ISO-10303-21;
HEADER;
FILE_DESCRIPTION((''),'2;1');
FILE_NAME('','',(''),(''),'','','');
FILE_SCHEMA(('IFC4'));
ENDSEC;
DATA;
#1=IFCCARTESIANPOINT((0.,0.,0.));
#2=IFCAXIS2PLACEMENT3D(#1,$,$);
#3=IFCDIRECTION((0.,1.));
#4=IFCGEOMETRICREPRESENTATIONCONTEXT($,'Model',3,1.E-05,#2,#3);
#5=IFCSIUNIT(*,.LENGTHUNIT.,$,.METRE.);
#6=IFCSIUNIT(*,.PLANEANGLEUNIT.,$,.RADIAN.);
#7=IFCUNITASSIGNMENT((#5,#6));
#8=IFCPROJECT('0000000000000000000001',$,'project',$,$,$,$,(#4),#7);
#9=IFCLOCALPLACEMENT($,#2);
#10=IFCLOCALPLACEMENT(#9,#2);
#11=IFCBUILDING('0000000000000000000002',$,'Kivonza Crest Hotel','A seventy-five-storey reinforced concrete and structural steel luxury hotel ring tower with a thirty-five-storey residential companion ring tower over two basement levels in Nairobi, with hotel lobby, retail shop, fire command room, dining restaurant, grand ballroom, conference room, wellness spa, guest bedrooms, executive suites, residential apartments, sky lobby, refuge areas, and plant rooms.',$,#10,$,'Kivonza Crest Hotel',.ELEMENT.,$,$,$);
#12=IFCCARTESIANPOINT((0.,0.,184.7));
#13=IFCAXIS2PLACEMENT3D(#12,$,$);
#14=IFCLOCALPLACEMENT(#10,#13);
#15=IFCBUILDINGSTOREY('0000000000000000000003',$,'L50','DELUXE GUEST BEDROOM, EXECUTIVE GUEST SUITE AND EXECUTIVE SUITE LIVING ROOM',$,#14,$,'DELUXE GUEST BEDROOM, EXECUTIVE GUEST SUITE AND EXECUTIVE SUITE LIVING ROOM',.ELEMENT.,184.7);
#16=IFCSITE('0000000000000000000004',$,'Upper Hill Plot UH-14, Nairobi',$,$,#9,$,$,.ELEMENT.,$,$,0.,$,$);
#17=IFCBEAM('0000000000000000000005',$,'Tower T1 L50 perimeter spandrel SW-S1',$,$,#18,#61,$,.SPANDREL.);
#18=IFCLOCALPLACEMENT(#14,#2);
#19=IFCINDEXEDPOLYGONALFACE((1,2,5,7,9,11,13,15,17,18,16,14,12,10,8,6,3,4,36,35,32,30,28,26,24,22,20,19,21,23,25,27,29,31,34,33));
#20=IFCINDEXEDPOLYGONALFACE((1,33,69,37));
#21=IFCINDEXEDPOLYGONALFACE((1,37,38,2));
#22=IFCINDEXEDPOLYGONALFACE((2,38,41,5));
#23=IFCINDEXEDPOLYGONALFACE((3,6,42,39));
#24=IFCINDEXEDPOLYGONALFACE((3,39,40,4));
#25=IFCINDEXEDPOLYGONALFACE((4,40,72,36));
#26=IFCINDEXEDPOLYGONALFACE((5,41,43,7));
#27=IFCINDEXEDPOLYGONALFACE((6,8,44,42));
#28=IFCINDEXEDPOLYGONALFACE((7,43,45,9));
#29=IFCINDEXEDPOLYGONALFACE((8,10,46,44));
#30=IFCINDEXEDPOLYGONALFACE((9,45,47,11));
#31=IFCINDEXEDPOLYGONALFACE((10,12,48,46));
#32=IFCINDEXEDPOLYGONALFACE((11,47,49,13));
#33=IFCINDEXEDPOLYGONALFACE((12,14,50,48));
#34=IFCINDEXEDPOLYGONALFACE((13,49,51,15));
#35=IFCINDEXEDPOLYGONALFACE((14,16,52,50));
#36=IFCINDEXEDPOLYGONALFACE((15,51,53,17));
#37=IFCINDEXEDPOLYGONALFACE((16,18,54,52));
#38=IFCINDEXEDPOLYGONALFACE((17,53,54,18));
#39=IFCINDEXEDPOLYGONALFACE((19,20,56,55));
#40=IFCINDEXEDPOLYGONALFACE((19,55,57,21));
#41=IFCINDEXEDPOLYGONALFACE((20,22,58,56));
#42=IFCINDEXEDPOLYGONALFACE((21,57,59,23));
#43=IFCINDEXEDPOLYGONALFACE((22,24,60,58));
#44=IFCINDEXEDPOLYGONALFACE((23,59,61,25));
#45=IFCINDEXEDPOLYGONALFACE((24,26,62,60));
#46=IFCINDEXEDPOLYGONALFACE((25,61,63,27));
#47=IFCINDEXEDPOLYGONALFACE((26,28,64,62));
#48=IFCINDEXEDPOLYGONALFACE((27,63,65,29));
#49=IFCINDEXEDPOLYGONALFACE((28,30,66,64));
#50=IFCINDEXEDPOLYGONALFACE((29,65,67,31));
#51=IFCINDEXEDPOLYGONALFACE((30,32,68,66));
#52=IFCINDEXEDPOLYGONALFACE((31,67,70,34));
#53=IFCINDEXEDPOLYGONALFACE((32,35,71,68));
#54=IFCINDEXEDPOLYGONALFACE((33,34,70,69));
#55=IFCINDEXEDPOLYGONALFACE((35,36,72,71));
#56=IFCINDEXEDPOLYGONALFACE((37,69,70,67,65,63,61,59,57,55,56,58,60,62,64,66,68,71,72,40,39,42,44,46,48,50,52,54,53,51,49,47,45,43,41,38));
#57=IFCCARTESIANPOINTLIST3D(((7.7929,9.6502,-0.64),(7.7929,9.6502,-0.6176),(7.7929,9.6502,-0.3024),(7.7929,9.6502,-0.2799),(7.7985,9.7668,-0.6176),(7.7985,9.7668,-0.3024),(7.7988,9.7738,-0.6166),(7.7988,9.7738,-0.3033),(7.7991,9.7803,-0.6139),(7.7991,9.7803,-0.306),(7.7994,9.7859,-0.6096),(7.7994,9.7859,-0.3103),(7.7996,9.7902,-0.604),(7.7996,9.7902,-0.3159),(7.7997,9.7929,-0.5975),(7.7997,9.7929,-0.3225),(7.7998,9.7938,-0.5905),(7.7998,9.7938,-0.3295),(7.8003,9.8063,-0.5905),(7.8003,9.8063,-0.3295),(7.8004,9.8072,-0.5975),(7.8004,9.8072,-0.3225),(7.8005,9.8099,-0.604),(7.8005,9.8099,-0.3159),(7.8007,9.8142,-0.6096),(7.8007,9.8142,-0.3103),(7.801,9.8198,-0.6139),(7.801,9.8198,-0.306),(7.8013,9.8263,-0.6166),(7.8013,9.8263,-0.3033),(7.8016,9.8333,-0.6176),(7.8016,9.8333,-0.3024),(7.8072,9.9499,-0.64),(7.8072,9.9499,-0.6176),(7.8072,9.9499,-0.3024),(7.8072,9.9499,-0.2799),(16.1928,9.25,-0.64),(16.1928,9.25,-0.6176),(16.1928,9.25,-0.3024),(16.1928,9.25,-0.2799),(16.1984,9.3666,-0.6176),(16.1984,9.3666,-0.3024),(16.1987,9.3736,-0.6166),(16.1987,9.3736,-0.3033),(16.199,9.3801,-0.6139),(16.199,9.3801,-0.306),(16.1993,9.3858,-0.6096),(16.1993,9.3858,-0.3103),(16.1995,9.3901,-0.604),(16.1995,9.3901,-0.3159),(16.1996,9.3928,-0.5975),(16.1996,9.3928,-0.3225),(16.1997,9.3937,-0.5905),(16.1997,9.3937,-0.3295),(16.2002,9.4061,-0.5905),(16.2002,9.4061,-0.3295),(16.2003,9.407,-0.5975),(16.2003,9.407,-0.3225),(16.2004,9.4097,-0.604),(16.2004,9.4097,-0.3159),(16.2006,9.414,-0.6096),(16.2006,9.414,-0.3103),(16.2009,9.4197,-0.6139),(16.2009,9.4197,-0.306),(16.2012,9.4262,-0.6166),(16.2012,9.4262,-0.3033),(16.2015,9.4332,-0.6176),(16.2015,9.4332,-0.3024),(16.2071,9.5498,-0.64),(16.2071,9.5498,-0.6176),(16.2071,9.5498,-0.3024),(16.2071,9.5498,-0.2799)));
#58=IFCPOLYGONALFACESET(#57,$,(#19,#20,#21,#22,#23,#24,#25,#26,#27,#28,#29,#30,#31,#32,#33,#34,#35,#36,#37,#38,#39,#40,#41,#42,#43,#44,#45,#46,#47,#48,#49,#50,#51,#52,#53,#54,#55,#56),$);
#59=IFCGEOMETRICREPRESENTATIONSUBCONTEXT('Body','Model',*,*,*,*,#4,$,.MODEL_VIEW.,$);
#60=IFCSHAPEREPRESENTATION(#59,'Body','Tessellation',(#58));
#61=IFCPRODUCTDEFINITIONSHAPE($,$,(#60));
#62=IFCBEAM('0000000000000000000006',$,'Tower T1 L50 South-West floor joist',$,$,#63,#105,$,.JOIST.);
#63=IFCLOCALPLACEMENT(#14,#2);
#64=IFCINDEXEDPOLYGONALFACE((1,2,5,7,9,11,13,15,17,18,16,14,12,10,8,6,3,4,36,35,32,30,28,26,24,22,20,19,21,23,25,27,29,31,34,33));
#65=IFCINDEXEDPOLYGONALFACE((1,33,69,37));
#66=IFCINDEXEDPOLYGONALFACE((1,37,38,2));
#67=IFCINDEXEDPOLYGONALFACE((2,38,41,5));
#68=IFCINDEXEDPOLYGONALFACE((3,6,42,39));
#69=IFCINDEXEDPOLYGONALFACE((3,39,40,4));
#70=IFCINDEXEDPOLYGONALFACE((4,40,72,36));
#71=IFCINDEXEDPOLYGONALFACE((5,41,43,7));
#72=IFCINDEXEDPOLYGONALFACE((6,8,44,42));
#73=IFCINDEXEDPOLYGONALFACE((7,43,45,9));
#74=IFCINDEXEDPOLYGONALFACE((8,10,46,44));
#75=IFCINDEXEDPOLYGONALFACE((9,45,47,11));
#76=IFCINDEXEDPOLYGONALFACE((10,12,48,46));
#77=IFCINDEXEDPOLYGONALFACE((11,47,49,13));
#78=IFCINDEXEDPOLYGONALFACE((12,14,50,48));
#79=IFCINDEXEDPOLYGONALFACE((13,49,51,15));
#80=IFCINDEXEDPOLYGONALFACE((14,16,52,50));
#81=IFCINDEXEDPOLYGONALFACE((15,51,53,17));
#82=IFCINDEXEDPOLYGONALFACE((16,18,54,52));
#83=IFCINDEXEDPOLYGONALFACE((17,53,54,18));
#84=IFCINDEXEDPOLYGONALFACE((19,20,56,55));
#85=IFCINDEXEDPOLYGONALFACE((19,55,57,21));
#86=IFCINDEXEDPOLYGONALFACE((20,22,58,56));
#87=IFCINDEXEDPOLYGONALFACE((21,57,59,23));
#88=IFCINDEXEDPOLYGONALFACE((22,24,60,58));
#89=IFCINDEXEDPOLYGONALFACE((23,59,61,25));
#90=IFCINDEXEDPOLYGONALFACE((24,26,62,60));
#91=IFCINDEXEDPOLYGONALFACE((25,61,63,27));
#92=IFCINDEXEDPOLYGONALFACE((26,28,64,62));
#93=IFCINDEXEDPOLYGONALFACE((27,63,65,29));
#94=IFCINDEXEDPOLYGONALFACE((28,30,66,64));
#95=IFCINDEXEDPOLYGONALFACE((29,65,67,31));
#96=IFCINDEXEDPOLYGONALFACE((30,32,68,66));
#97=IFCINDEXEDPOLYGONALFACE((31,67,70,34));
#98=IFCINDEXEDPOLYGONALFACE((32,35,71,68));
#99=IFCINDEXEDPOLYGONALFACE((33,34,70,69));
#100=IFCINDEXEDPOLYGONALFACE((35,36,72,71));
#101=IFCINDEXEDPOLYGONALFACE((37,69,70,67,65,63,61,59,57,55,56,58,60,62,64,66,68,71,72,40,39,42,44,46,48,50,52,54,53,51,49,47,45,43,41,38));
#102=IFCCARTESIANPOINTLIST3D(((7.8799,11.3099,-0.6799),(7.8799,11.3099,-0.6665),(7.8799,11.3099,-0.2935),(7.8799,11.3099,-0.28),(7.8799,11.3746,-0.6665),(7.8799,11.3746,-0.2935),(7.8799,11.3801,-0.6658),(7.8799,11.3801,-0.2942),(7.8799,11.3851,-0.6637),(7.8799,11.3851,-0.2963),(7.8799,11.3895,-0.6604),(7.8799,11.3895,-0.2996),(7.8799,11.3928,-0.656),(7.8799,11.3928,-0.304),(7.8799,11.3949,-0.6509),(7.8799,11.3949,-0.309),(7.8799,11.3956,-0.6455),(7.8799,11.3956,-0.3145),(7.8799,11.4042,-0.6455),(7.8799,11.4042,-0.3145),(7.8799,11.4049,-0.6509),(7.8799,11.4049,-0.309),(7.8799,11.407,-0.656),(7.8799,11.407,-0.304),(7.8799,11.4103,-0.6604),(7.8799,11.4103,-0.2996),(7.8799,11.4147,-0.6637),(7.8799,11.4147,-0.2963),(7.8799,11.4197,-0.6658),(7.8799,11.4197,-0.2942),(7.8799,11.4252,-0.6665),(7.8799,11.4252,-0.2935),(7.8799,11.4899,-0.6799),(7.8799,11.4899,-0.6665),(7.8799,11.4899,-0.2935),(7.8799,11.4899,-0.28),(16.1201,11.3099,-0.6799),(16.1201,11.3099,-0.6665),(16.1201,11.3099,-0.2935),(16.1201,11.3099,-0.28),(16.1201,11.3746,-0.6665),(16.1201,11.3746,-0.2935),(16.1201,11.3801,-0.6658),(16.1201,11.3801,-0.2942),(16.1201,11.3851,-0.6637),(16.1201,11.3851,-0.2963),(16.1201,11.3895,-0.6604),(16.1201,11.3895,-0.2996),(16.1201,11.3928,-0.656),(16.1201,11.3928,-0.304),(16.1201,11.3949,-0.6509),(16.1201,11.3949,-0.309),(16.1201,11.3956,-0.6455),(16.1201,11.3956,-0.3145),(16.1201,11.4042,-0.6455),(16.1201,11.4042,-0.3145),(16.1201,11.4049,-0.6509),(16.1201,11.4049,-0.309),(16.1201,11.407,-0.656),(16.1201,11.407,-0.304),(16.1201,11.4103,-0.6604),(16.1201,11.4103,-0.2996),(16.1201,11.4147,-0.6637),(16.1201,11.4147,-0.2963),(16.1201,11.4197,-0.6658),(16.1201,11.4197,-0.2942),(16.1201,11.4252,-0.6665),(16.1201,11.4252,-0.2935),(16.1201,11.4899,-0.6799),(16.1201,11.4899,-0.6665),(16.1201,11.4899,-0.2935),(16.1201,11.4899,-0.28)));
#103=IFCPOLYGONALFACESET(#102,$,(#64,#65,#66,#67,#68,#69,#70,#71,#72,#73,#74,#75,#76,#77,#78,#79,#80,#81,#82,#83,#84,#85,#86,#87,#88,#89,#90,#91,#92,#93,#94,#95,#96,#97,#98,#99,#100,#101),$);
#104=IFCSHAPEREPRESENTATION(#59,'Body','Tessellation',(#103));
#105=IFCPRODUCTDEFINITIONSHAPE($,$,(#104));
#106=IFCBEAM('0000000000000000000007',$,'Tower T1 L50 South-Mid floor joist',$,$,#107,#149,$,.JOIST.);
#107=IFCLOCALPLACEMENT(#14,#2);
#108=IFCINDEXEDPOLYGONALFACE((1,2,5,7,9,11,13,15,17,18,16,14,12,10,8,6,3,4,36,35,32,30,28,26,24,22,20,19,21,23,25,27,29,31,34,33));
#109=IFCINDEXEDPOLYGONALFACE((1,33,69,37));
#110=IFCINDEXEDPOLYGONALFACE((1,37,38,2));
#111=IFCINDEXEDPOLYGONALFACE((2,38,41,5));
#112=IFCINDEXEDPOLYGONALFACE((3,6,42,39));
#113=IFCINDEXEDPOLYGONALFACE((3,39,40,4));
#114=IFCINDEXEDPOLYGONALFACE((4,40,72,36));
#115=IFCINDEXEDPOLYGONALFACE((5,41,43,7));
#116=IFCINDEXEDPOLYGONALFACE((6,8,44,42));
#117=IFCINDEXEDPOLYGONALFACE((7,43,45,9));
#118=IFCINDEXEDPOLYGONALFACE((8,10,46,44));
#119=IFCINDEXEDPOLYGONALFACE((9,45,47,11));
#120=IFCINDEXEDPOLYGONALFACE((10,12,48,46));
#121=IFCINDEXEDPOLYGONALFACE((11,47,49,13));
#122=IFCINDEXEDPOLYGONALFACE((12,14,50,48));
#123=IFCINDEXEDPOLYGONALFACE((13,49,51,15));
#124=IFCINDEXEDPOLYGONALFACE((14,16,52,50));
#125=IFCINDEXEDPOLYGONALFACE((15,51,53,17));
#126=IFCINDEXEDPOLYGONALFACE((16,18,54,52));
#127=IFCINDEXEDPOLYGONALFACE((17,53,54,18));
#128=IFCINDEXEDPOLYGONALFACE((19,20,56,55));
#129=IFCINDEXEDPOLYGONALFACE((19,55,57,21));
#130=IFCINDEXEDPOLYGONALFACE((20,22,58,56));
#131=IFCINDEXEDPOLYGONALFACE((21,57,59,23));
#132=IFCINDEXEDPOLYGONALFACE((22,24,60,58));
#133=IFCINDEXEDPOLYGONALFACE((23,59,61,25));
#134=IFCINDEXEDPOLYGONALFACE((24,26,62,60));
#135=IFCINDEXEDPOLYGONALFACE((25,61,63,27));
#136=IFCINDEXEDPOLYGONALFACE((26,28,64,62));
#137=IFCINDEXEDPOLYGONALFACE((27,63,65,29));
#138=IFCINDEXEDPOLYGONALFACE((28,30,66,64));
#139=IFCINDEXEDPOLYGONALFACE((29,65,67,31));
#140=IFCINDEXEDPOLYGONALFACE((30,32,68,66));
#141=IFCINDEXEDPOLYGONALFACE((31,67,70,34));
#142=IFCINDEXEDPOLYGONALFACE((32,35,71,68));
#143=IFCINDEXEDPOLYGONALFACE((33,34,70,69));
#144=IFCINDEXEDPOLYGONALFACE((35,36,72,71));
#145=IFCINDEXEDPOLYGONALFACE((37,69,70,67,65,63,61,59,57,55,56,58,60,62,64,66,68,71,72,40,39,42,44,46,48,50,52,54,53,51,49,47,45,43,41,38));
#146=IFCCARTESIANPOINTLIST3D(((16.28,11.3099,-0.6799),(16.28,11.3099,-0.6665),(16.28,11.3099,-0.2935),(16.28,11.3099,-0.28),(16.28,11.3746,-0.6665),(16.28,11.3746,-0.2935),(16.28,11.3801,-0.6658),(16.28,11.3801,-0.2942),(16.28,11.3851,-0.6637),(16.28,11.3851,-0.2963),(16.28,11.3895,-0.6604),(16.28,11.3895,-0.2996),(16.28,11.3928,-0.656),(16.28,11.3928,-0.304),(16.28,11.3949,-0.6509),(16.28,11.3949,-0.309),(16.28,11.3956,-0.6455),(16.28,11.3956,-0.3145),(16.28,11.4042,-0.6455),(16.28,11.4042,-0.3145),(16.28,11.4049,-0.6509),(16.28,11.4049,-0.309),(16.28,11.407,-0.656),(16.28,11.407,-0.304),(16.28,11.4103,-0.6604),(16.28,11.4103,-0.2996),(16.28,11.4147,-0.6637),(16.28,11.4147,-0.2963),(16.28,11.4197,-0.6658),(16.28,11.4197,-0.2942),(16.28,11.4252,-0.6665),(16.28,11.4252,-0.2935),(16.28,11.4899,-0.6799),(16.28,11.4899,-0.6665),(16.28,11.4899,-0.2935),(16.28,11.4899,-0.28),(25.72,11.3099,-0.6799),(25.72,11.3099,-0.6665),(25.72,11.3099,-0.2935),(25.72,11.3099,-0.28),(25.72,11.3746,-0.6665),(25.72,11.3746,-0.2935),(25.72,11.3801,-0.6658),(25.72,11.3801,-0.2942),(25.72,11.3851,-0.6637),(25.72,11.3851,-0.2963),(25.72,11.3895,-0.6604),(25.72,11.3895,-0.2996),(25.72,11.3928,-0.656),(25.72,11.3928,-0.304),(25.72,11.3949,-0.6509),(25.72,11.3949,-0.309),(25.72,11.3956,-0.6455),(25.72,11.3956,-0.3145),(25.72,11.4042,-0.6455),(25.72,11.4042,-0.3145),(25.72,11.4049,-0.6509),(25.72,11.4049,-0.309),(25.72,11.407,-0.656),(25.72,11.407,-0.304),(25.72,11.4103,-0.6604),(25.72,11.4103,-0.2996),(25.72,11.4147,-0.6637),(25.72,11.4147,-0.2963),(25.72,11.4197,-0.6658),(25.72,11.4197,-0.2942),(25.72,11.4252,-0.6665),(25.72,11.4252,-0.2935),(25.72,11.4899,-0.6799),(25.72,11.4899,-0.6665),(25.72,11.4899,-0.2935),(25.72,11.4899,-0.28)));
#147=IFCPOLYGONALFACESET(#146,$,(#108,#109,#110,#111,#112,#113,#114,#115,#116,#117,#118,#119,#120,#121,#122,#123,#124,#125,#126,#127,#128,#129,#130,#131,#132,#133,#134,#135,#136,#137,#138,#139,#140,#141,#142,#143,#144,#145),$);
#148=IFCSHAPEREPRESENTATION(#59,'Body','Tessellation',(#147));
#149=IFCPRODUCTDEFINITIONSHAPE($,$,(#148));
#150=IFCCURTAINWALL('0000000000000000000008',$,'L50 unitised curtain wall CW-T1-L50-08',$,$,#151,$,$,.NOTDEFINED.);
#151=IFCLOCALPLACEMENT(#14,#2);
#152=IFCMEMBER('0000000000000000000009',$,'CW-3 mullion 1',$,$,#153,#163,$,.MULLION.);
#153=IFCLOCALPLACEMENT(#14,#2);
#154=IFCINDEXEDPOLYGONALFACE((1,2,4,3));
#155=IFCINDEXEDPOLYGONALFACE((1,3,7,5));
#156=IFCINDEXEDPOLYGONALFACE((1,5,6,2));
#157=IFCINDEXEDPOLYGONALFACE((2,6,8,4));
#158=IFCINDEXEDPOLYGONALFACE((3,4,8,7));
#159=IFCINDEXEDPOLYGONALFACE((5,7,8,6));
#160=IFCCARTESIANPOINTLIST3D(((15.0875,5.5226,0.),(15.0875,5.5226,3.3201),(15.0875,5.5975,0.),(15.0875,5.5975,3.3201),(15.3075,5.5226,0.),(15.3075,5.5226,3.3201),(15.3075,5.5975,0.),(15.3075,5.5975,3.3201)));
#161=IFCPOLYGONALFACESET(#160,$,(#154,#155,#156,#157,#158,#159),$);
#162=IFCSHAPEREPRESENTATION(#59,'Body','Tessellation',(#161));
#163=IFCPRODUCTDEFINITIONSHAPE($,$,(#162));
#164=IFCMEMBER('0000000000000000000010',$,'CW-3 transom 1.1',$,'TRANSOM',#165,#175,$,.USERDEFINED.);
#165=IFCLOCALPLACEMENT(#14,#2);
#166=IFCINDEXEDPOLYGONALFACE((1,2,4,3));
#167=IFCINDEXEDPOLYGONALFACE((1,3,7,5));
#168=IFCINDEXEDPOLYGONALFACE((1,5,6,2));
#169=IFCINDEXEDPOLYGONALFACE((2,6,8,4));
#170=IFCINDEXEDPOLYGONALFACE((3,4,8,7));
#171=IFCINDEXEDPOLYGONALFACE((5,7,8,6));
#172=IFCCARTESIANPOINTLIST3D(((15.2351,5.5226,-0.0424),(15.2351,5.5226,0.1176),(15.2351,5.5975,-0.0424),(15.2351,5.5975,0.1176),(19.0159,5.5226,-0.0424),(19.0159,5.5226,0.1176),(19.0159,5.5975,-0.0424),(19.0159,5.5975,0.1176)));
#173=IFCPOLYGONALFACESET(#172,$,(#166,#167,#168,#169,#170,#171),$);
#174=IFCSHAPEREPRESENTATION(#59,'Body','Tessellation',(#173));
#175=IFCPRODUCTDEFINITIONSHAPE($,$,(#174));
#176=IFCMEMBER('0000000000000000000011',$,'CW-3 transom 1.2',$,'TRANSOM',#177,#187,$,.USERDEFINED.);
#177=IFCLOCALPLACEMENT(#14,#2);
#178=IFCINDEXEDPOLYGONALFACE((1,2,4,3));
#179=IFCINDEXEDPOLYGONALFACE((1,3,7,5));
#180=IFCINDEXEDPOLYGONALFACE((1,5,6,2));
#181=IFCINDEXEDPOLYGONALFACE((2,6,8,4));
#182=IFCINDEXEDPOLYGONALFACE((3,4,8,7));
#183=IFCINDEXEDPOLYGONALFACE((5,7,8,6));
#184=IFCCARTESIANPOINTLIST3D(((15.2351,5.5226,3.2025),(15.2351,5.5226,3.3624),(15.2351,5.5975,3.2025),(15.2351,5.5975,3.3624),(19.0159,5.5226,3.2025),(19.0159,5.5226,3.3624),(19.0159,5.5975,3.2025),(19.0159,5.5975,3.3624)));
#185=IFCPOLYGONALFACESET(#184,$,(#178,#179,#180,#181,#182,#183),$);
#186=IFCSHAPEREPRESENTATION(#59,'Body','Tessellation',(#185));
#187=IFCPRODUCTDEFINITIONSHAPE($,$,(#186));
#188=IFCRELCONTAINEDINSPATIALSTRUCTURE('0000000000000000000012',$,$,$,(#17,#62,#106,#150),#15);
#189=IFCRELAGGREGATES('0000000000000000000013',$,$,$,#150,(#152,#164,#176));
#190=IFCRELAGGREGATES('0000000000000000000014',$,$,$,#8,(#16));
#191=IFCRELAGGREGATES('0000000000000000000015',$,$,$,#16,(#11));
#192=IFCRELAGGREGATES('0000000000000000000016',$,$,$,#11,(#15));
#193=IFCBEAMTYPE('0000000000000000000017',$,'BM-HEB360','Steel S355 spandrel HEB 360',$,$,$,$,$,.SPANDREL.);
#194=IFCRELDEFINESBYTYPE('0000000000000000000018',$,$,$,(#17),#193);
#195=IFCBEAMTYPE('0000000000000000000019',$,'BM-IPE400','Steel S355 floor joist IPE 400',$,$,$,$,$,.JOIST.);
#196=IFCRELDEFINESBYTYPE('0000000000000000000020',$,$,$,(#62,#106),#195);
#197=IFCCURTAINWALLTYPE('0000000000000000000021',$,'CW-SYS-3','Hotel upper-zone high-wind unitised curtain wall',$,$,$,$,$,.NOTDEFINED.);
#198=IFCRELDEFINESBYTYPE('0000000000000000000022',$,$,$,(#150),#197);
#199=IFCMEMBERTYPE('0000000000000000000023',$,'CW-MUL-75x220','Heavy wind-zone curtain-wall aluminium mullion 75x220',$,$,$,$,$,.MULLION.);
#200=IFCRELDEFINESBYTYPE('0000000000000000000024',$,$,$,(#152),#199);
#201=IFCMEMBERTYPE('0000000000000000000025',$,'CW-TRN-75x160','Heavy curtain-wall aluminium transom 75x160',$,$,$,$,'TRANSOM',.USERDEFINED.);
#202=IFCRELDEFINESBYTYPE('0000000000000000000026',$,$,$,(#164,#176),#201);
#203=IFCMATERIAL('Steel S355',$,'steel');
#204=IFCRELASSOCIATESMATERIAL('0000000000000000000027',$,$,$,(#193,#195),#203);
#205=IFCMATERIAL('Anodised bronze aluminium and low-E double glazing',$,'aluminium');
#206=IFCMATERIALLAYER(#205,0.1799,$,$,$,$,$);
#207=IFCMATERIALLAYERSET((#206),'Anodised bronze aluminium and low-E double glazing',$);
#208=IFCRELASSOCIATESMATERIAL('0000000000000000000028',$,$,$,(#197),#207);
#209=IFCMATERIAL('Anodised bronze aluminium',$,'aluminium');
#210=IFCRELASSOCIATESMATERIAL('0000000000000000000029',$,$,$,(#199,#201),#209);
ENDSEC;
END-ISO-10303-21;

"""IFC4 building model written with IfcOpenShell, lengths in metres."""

from ifc_helpers import new_model, si_unit, direction, frame, origin, origin_2d, place, context, subcontext, project, spatial, rectangle, i_section, extrude, material, layer, layer_set, material_profile, profile_set, type_object, element, aggregate, save


model = new_model("IFC4")

# Units and contexts
model_context = context("Model", 3, precision=1e-05, world=origin(), true_north=direction((0.0, 1.0)))
body_context = subcontext(model_context, "Body", "Model", "MODEL_VIEW")
ifc_project = project(units=[si_unit("LENGTHUNIT", "METRE"), si_unit("PLANEANGLEUNIT", "RADIAN")], contexts=[model_context])

# Site, building, storey
site_placement = place(None, origin())
site = spatial("IfcSite", under=ifc_project, at=site_placement, Name="Upper Hill Plot UH-14, Nairobi", CompositionType="ELEMENT", RefElevation=0.0)
building_placement = place(site_placement, origin())
building = spatial("IfcBuilding", under=site, at=building_placement, Name="Kivonza Crest Hotel", Description="A seventy-five-storey reinforced concrete and structural steel luxury hotel ring tower with a thirty-five-storey residential companion ring tower over two basement levels in Nairobi, with hotel lobby, retail shop, fire command room, dining restaurant, grand ballroom, conference room, wellness spa, guest bedrooms, executive suites, residential apartments, sky lobby, refuge areas, and plant rooms.", LongName="Kivonza Crest Hotel", CompositionType="ELEMENT")
storey_placement = place(building_placement, frame((0.0, 0.0, 184.7)))
storey = spatial("IfcBuildingStorey", under=building, at=storey_placement, Name="L50", Description="DELUXE GUEST BEDROOM, EXECUTIVE GUEST SUITE AND EXECUTIVE SUITE LIVING ROOM", LongName="DELUXE GUEST BEDROOM, EXECUTIVE GUEST SUITE AND EXECUTIVE SUITE LIVING ROOM", CompositionType="ELEMENT", Elevation=184.7)

# Beams
ifc_material_1 = material(Name="Steel S355", Category="steel")
ifc_material_profile_1 = material_profile(ifc_material_1, i_section(OverallWidth=0.3, OverallDepth=0.3601, WebThickness=0.0125, FlangeThickness=0.0225, FilletRadius=0.0271, at=origin_2d()), Name="HEB 360")
ifc_profile_set_1 = profile_set([ifc_material_profile_1], Name="Steel S355")
beam_type_1 = type_object("IfcBeamType", Name="BM-HEB360", Description="Steel S355 spandrel HEB 360", PredefinedType="SPANDREL", material=ifc_profile_set_1)
beam_1_placement = place(storey_placement, frame((7.8, 9.8, -0.46), z_axis=(0.998867, -0.047583, 0.0), x_axis=(0.047583, 0.998867, 0.0)))
element("IfcBeam", 1, at=beam_1_placement, inside=storey, type_object=beam_type_1, Name="Tower T1 L50 perimeter spandrel SW-S1", PredefinedType="SPANDREL", context=body_context, shape_type="SweptSolid", body=[
    extrude(i_section(OverallWidth=0.3, OverallDepth=0.3601, WebThickness=0.0125, FlangeThickness=0.0225, FilletRadius=0.0271, at=origin_2d()), origin(), (0.0, 0.0, 1.0), 8.4094),
])
ifc_material_profile_2 = material_profile(ifc_material_1, i_section(OverallWidth=0.1799, OverallDepth=0.3999, WebThickness=0.0085, FlangeThickness=0.0134, FilletRadius=0.021, at=origin_2d()), Name="IPE 400")
ifc_profile_set_2 = profile_set([ifc_material_profile_2], Name="Steel S355")
beam_type_2 = type_object("IfcBeamType", Name="BM-IPE400", Description="Steel S355 floor joist IPE 400", PredefinedType="JOIST", material=ifc_profile_set_2)
beam_2_placement = place(storey_placement, frame((7.8799, 11.3999, -0.48), z_axis=(1.0, 0.0, 0.0), x_axis=(0.0, 1.0, 0.0)))
element("IfcBeam", 2, at=beam_2_placement, inside=storey, type_object=beam_type_2, Name="Tower T1 L50 South-West floor joist", PredefinedType="JOIST", context=body_context, shape_type="SweptSolid", body=[
    extrude(i_section(OverallWidth=0.1799, OverallDepth=0.3999, WebThickness=0.0085, FlangeThickness=0.0134, FilletRadius=0.021, at=origin_2d()), origin(), (0.0, 0.0, 1.0), 8.2402),
])
beam_3_placement = place(storey_placement, frame((16.28, 11.3999, -0.48), z_axis=(1.0, 0.0, 0.0), x_axis=(0.0, 1.0, 0.0)))
element("IfcBeam", 3, at=beam_3_placement, inside=storey, type_object=beam_type_2, Name="Tower T1 L50 South-Mid floor joist", PredefinedType="JOIST", context=body_context, shape_type="SweptSolid", body=[
    extrude(i_section(OverallWidth=0.1799, OverallDepth=0.3999, WebThickness=0.0085, FlangeThickness=0.0134, FilletRadius=0.021, at=origin_2d()), origin(), (0.0, 0.0, 1.0), 9.4399),
])

# Curtain wall, members
ifc_material_2 = material(Name="Anodised bronze aluminium and low-E double glazing", Category="aluminium")
ifc_layer_1 = layer(ifc_material_2, 0.1799)
ifc_layer_set_1 = layer_set([ifc_layer_1], Name="Anodised bronze aluminium and low-E double glazing")
curtain_wall_type = type_object("IfcCurtainWallType", Name="CW-SYS-3", Description="Hotel upper-zone high-wind unitised curtain wall", PredefinedType="NOTDEFINED", material=ifc_layer_set_1)
curtain_wall_placement = place(storey_placement, origin())
curtain_wall = element("IfcCurtainWall", 4, at=curtain_wall_placement, inside=storey, type_object=curtain_wall_type, Name="L50 unitised curtain wall CW-T1-L50-08", PredefinedType="NOTDEFINED")
ifc_material_3 = material(Name="Anodised bronze aluminium", Category="aluminium")
ifc_material_profile_3 = material_profile(ifc_material_3, rectangle(XDim=0.075, YDim=0.22, at=origin_2d()), Name="CW-M 75x220")
ifc_profile_set_3 = profile_set([ifc_material_profile_3], Name="Anodised bronze aluminium")
member_type_1 = type_object("IfcMemberType", Name="CW-MUL-75x220", Description="Heavy wind-zone curtain-wall aluminium mullion 75x220", PredefinedType="MULLION", material=ifc_profile_set_3)
member_1_placement = place(storey_placement, frame((15.1975, 5.5601, 0.0), z_axis=(0.0, 0.0, 1.0), x_axis=(0.0, 1.0, 0.0)))
member_1 = element("IfcMember", 5, at=member_1_placement, type_object=member_type_1, Name="CW-3 mullion 1", PredefinedType="MULLION", context=body_context, shape_type="SweptSolid", body=[
    extrude(rectangle(XDim=0.075, YDim=0.22, at=origin_2d()), origin(), (0.0, 0.0, 1.0), 3.3201),
])
ifc_material_profile_4 = material_profile(ifc_material_3, rectangle(XDim=0.075, YDim=0.1599, at=origin_2d()), Name="CW-T 75x160")
ifc_profile_set_4 = profile_set([ifc_material_profile_4], Name="Anodised bronze aluminium")
member_type_2 = type_object("IfcMemberType", Name="CW-TRN-75x160", Description="Heavy curtain-wall aluminium transom 75x160", ElementType="TRANSOM", PredefinedType="USERDEFINED", material=ifc_profile_set_4)
member_2_placement = place(storey_placement, frame((15.2351, 5.5601, 0.0376), z_axis=(1.0, 0.0, 0.0), x_axis=(0.0, 1.0, 0.0)))
member_2 = element("IfcMember", 6, at=member_2_placement, type_object=member_type_2, Name="CW-3 transom 1.1", ObjectType="TRANSOM", PredefinedType="USERDEFINED", context=body_context, shape_type="SweptSolid", body=[
    extrude(rectangle(XDim=0.075, YDim=0.1599, at=origin_2d()), origin(), (0.0, 0.0, 1.0), 3.7808),
])
member_3_placement = place(storey_placement, frame((15.2351, 5.5601, 3.2825), z_axis=(1.0, 0.0, 0.0), x_axis=(0.0, 1.0, 0.0)))
member_3 = element("IfcMember", 7, at=member_3_placement, type_object=member_type_2, Name="CW-3 transom 1.2", ObjectType="TRANSOM", PredefinedType="USERDEFINED", context=body_context, shape_type="SweptSolid", body=[
    extrude(rectangle(XDim=0.075, YDim=0.1599, at=origin_2d()), origin(), (0.0, 0.0, 1.0), 3.7808),
])
aggregate(curtain_wall, [member_1, member_2, member_3])

save(model, "model.ifc")
